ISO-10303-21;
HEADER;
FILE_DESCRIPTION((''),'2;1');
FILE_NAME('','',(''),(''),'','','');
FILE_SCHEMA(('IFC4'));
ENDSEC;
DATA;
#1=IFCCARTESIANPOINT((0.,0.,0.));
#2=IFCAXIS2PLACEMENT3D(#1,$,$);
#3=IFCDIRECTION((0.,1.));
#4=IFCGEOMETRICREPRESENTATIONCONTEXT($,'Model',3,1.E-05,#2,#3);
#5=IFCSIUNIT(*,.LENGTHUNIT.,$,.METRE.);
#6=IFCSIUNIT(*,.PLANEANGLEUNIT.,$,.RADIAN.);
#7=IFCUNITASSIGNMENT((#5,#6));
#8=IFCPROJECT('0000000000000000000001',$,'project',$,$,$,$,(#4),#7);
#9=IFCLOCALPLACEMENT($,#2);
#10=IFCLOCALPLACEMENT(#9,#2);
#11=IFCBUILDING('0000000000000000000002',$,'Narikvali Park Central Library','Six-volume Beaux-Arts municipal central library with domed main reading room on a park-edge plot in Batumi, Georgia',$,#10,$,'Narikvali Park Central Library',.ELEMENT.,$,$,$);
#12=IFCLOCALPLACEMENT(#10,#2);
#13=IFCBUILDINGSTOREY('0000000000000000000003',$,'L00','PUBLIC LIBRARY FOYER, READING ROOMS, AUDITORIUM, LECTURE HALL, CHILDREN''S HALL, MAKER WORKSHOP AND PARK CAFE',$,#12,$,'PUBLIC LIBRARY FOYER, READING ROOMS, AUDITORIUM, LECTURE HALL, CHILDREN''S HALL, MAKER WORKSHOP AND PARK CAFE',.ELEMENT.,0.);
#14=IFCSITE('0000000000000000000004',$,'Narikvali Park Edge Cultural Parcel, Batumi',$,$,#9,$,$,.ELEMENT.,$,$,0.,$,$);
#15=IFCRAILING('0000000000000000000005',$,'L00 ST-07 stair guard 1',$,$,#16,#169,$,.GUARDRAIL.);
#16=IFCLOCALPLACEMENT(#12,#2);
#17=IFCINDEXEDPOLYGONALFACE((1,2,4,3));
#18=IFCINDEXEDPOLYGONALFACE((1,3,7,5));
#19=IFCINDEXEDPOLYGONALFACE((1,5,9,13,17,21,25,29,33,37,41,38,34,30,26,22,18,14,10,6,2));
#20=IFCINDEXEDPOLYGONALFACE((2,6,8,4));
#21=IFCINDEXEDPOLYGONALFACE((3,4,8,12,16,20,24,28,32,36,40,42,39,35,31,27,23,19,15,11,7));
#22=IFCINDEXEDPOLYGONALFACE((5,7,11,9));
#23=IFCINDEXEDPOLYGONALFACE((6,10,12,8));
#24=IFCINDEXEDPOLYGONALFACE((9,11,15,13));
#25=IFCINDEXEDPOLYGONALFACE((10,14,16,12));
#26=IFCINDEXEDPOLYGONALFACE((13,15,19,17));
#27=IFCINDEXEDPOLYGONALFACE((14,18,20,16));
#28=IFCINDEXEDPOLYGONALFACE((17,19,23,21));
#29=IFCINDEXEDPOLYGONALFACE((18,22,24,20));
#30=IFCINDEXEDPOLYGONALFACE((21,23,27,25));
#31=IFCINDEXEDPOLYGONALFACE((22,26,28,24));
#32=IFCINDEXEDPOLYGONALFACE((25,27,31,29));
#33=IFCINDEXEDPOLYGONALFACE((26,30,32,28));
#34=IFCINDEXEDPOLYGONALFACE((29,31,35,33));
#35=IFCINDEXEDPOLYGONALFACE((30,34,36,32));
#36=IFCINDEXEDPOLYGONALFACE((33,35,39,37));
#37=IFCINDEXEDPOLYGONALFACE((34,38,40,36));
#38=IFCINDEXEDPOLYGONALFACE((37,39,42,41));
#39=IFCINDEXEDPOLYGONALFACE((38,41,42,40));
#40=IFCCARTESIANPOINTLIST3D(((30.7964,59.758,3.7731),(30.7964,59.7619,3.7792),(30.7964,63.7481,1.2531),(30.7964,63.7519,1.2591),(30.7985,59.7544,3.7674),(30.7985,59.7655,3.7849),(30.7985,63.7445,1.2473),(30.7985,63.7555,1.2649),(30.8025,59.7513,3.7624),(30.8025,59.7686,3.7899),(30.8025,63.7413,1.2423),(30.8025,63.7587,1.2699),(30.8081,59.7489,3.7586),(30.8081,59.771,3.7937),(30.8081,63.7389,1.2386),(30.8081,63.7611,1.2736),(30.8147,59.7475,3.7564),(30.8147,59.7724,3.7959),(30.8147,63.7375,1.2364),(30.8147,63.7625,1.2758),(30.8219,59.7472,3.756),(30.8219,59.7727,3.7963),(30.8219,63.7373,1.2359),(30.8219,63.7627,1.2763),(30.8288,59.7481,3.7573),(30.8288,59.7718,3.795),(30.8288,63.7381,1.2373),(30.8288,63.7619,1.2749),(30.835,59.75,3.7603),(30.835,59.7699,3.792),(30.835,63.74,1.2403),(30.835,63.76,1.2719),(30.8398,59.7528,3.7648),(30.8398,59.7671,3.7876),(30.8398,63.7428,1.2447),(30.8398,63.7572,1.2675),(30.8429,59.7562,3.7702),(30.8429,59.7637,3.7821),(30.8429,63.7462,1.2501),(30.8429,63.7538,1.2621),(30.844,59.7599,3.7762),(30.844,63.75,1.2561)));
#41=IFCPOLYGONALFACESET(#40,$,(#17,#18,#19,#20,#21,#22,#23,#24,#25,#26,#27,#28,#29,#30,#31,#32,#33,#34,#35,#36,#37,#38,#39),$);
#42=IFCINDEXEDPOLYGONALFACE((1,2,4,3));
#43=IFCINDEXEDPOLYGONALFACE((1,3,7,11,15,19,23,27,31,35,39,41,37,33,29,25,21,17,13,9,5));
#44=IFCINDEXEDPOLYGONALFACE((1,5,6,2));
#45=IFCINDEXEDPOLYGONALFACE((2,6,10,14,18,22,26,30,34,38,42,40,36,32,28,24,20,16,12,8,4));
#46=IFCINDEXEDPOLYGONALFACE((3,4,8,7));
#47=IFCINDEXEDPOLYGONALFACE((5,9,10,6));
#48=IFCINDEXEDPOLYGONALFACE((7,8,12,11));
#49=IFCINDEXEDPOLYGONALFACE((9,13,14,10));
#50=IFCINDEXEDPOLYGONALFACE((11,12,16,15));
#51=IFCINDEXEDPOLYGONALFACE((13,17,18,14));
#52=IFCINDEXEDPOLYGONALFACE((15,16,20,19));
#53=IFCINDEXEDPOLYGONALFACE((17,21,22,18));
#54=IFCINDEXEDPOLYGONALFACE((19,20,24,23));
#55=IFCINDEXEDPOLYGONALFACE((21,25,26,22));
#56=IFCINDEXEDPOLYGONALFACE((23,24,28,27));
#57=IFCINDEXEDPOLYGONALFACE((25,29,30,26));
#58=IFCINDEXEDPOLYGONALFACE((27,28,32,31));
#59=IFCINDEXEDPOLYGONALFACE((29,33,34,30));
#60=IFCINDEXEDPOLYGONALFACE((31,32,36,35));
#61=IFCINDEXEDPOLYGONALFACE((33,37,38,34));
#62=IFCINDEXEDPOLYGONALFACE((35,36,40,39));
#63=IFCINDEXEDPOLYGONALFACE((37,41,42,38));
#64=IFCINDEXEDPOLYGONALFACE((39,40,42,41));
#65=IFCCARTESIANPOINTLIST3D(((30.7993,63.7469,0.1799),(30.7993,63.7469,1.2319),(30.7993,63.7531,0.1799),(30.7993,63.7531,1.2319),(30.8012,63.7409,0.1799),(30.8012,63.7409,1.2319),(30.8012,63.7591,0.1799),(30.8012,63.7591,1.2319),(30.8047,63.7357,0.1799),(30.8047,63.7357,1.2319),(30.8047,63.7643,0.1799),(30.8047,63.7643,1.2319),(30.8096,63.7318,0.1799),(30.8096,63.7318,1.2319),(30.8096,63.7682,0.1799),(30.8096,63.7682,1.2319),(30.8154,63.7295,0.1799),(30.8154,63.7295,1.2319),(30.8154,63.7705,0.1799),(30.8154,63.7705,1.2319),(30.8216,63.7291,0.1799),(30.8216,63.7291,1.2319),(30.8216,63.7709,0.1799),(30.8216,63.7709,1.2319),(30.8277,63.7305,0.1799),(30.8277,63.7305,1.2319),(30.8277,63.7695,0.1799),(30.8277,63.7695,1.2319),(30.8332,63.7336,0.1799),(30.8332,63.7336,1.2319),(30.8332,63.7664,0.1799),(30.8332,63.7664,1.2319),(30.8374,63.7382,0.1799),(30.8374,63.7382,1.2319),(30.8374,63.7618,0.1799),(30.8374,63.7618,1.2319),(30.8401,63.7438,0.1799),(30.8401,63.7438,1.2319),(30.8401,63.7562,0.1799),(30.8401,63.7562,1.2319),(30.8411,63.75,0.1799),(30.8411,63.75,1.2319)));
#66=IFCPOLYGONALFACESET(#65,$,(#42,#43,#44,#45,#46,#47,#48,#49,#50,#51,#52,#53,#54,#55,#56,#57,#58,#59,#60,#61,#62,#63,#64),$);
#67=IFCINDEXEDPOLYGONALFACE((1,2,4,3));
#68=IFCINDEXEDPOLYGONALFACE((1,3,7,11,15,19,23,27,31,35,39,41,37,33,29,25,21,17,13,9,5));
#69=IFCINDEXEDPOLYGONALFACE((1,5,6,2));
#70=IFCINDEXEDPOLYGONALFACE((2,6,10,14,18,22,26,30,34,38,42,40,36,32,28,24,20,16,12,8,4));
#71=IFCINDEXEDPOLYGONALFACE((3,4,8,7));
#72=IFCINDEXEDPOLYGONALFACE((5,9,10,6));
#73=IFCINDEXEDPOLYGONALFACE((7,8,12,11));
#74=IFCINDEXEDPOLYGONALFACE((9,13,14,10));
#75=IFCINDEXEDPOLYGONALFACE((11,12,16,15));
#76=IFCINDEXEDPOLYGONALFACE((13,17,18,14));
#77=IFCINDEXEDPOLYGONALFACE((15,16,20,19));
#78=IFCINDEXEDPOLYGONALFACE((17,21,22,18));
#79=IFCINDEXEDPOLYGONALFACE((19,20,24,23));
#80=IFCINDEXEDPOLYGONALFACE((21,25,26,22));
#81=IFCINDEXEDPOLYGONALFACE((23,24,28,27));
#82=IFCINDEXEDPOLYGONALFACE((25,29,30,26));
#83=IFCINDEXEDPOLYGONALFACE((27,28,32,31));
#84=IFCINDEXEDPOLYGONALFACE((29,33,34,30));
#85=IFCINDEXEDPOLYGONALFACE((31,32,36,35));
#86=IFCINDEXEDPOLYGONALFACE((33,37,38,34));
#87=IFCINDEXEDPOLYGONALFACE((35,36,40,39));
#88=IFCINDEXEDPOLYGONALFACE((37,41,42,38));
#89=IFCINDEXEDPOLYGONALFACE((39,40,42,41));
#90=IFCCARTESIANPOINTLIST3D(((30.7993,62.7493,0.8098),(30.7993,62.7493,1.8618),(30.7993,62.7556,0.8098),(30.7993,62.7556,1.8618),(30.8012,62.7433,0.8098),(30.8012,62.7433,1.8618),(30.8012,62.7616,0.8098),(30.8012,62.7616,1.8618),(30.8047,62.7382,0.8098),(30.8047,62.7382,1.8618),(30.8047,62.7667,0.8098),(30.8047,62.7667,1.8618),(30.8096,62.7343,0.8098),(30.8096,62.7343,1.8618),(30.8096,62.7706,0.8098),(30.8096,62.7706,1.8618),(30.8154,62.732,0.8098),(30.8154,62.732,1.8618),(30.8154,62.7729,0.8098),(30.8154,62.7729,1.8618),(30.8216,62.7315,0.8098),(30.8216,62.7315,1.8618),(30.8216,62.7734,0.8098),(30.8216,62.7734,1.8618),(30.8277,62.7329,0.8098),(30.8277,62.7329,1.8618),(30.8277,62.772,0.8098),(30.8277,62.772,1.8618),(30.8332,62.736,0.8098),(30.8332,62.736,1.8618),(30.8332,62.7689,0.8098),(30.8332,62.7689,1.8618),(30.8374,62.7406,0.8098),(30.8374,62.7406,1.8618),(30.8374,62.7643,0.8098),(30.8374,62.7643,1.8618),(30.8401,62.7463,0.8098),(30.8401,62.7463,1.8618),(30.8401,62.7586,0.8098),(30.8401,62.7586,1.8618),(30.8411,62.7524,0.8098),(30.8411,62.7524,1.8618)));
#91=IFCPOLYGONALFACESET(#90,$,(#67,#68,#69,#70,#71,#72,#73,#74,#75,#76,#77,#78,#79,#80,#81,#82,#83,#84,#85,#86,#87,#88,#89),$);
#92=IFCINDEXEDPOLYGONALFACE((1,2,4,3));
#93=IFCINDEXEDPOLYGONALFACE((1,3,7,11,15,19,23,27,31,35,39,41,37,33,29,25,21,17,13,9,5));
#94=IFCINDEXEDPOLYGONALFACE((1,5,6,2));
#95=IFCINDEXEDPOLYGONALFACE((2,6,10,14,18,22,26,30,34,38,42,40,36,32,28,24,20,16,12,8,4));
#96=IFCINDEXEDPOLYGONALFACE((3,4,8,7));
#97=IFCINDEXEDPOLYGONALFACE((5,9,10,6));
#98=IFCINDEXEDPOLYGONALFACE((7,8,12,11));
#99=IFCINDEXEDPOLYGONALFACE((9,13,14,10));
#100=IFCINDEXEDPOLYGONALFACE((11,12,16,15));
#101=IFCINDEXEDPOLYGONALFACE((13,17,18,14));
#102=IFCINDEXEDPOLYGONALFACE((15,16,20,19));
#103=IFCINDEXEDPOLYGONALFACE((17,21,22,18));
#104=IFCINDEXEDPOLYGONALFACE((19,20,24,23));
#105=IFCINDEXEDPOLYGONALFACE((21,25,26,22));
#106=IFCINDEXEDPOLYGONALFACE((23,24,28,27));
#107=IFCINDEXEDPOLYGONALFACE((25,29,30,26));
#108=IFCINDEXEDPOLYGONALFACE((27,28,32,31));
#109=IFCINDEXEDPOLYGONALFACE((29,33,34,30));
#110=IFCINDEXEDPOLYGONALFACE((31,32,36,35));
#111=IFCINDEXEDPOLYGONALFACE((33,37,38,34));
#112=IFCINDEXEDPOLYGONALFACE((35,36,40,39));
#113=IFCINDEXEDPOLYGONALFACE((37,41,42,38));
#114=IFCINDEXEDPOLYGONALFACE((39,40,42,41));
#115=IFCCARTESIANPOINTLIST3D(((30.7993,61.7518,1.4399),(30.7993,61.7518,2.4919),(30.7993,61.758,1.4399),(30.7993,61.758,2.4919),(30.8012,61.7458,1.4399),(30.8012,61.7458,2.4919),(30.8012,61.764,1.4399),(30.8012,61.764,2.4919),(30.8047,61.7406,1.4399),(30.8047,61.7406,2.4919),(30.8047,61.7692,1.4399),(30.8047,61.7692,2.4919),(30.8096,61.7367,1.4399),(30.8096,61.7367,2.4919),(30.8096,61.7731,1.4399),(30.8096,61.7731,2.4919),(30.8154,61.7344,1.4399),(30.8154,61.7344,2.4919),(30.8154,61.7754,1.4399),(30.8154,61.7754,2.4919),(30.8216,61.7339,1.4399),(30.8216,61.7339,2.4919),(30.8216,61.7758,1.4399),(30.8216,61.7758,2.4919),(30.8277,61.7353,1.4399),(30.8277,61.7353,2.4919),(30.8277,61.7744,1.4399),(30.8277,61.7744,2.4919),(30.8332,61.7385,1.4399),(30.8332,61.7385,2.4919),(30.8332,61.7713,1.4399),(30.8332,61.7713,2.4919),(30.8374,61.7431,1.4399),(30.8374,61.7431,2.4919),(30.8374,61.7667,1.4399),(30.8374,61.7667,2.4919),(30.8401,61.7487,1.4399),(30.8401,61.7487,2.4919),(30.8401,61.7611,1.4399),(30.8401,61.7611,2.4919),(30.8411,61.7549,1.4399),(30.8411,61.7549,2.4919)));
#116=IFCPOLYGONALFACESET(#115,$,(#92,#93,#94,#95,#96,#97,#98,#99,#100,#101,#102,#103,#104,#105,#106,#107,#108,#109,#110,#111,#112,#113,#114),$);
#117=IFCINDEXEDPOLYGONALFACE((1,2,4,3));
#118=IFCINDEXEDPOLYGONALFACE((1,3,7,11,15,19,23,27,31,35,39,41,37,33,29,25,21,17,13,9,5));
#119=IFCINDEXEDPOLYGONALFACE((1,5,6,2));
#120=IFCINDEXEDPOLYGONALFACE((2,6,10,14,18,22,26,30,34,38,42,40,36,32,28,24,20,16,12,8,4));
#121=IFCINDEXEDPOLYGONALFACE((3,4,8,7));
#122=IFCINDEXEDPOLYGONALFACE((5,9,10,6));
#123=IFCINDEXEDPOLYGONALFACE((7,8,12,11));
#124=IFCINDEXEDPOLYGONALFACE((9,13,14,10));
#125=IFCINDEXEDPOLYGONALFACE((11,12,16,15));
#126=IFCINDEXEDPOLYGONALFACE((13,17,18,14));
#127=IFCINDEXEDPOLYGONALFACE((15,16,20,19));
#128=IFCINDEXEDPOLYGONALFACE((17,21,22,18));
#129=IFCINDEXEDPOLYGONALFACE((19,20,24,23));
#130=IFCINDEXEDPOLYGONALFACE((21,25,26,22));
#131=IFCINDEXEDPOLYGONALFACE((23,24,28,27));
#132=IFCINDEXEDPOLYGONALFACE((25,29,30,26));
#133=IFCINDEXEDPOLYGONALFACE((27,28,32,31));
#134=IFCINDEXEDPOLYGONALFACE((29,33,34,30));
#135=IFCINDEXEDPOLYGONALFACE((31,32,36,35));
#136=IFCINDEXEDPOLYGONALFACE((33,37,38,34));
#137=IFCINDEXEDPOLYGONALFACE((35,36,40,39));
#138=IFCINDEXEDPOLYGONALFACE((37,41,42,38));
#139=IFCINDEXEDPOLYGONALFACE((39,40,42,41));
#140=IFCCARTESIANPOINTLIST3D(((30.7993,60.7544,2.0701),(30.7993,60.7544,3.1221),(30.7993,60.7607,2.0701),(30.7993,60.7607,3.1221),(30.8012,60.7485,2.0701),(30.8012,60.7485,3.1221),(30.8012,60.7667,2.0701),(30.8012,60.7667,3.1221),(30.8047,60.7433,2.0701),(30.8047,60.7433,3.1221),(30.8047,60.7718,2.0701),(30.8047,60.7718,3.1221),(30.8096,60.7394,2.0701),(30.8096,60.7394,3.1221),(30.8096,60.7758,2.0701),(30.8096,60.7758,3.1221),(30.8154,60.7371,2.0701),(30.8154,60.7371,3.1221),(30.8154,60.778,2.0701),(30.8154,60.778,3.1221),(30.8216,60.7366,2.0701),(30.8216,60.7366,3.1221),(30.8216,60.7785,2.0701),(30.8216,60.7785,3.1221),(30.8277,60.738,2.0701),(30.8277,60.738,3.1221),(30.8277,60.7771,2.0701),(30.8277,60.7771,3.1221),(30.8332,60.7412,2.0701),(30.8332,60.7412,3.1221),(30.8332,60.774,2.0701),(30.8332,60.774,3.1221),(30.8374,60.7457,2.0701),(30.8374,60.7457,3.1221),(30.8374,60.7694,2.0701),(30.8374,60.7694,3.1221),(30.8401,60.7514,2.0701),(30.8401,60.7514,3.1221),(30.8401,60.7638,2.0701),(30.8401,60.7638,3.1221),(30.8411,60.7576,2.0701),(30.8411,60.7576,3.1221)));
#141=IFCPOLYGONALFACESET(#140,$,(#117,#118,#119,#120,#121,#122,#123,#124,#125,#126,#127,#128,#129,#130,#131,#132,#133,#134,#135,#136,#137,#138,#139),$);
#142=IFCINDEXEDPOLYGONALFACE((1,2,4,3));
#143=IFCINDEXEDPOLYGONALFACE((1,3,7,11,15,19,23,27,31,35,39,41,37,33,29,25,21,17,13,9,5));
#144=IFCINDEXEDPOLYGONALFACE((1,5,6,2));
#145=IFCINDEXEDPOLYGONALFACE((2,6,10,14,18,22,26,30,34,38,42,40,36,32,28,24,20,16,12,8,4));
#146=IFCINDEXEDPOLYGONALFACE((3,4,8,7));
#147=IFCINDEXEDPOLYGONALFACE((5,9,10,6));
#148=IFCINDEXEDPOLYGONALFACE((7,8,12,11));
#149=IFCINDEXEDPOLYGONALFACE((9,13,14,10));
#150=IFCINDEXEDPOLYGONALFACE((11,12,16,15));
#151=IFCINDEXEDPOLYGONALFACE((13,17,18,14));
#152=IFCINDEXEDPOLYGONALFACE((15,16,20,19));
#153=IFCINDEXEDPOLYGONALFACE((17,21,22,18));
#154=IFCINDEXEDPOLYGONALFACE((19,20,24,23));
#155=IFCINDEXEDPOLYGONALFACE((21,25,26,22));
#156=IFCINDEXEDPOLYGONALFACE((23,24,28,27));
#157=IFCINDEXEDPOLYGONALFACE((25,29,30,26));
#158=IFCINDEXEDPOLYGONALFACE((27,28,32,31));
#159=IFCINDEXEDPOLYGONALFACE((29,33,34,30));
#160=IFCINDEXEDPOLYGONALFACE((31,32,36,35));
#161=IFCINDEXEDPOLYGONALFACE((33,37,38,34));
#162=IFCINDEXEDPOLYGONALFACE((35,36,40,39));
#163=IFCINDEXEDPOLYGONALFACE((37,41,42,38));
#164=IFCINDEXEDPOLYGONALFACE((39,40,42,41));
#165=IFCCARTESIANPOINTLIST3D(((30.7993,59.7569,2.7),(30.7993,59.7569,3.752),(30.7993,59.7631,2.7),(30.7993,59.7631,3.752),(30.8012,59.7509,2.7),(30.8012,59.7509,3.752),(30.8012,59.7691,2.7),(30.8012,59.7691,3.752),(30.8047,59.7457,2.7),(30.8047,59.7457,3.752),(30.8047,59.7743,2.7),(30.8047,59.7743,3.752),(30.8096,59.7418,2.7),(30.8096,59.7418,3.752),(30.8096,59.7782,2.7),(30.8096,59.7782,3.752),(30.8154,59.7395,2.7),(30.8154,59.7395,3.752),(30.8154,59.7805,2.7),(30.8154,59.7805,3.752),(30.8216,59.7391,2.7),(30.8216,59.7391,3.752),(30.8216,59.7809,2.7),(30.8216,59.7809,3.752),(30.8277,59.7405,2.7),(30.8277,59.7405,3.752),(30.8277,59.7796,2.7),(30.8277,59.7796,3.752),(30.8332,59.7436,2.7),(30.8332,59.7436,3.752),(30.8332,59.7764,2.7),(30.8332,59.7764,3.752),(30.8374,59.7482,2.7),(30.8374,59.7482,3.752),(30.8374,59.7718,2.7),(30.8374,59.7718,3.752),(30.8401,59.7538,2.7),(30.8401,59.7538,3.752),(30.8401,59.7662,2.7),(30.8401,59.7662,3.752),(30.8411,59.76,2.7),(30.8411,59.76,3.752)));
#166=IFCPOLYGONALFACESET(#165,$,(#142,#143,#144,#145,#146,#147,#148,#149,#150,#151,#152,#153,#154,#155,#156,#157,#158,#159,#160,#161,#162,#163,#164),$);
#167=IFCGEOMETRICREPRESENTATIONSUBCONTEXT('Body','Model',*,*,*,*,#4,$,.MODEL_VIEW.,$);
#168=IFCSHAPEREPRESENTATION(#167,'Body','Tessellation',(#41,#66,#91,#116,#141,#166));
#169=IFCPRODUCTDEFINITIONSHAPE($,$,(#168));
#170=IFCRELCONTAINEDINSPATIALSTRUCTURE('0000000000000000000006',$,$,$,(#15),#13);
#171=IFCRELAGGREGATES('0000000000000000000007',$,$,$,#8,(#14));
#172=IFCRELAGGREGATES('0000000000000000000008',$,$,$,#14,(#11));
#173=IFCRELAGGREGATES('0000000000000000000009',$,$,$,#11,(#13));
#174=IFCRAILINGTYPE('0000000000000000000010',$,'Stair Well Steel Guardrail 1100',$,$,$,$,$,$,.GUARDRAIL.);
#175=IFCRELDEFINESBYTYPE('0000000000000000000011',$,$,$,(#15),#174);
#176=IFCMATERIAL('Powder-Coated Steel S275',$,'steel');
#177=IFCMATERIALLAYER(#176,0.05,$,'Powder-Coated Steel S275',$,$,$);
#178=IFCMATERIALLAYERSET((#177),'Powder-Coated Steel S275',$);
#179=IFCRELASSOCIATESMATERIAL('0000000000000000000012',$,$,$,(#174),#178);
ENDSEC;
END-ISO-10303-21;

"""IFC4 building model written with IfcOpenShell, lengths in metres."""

from ifc_helpers import new_model, si_unit, direction, frame, origin, origin_2d, place, context, subcontext, project, spatial, circle, extrude, material, layer, layer_set, type_object, element, save


model = new_model("IFC4")

# Units and contexts
model_context = context("Model", 3, precision=1e-05, world=origin(), true_north=direction((0.0, 1.0)))
body_context = subcontext(model_context, "Body", "Model", "MODEL_VIEW")
ifc_project = project(units=[si_unit("LENGTHUNIT", "METRE"), si_unit("PLANEANGLEUNIT", "RADIAN")], contexts=[model_context])

# Site, building, storey
site_placement = place(None, origin())
site = spatial("IfcSite", under=ifc_project, at=site_placement, Name="Narikvali Park Edge Cultural Parcel, Batumi", CompositionType="ELEMENT", RefElevation=0.0)
building_placement = place(site_placement, origin())
building = spatial("IfcBuilding", under=site, at=building_placement, Name="Narikvali Park Central Library", Description="Six-volume Beaux-Arts municipal central library with domed main reading room on a park-edge plot in Batumi, Georgia", LongName="Narikvali Park Central Library", CompositionType="ELEMENT")
storey_placement = place(building_placement, origin())
storey = spatial("IfcBuildingStorey", under=building, at=storey_placement, Name="L00", Description="PUBLIC LIBRARY FOYER, READING ROOMS, AUDITORIUM, LECTURE HALL, CHILDREN'S HALL, MAKER WORKSHOP AND PARK CAFE", LongName="PUBLIC LIBRARY FOYER, READING ROOMS, AUDITORIUM, LECTURE HALL, CHILDREN'S HALL, MAKER WORKSHOP AND PARK CAFE", CompositionType="ELEMENT", Elevation=0.0)

# Railing
ifc_material_1 = material(Name="Powder-Coated Steel S275", Category="steel")
ifc_layer_1 = layer(ifc_material_1, 0.05, Name="Powder-Coated Steel S275")
ifc_layer_set_1 = layer_set([ifc_layer_1], Name="Powder-Coated Steel S275")
railing_type_1 = type_object("IfcRailingType", Name="Stair Well Steel Guardrail 1100", PredefinedType="GUARDRAIL", material=ifc_layer_set_1)
railing_1_placement = place(storey_placement, frame((30.8201, 63.75, 0.1799)))
element("IfcRailing", 1, at=railing_1_placement, inside=storey, type_object=railing_type_1, Name="L00 ST-07 stair guard 1", PredefinedType="GUARDRAIL", context=body_context, shape_type="SweptSolid", body=[
    extrude(circle(Radius=0.0239, at=origin_2d()), frame((0.0, 0.0, 1.0762), z_axis=(0.0, -0.845486, 0.533997), x_axis=(1.0, 0.0, 0.0)), (0.0, 0.0, 1.0), 4.7192),
    extrude(circle(Radius=0.021, at=origin_2d()), origin(), (0.0, 0.0, 1.0), 1.052),
    extrude(circle(Radius=0.021, at=origin_2d()), frame((0.0, -0.9976, 0.6299)), (0.0, 0.0, 1.0), 1.052),
    extrude(circle(Radius=0.021, at=origin_2d()), frame((0.0, -1.9951, 1.26)), (0.0, 0.0, 1.0), 1.052),
    extrude(circle(Radius=0.021, at=origin_2d()), frame((0.0, -2.9924, 1.8901)), (0.0, 0.0, 1.0), 1.052),
    extrude(circle(Radius=0.021, at=origin_2d()), frame((0.0, -3.99, 2.52)), (0.0, 0.0, 1.0), 1.052),
])

save(model, "model.ifc")
